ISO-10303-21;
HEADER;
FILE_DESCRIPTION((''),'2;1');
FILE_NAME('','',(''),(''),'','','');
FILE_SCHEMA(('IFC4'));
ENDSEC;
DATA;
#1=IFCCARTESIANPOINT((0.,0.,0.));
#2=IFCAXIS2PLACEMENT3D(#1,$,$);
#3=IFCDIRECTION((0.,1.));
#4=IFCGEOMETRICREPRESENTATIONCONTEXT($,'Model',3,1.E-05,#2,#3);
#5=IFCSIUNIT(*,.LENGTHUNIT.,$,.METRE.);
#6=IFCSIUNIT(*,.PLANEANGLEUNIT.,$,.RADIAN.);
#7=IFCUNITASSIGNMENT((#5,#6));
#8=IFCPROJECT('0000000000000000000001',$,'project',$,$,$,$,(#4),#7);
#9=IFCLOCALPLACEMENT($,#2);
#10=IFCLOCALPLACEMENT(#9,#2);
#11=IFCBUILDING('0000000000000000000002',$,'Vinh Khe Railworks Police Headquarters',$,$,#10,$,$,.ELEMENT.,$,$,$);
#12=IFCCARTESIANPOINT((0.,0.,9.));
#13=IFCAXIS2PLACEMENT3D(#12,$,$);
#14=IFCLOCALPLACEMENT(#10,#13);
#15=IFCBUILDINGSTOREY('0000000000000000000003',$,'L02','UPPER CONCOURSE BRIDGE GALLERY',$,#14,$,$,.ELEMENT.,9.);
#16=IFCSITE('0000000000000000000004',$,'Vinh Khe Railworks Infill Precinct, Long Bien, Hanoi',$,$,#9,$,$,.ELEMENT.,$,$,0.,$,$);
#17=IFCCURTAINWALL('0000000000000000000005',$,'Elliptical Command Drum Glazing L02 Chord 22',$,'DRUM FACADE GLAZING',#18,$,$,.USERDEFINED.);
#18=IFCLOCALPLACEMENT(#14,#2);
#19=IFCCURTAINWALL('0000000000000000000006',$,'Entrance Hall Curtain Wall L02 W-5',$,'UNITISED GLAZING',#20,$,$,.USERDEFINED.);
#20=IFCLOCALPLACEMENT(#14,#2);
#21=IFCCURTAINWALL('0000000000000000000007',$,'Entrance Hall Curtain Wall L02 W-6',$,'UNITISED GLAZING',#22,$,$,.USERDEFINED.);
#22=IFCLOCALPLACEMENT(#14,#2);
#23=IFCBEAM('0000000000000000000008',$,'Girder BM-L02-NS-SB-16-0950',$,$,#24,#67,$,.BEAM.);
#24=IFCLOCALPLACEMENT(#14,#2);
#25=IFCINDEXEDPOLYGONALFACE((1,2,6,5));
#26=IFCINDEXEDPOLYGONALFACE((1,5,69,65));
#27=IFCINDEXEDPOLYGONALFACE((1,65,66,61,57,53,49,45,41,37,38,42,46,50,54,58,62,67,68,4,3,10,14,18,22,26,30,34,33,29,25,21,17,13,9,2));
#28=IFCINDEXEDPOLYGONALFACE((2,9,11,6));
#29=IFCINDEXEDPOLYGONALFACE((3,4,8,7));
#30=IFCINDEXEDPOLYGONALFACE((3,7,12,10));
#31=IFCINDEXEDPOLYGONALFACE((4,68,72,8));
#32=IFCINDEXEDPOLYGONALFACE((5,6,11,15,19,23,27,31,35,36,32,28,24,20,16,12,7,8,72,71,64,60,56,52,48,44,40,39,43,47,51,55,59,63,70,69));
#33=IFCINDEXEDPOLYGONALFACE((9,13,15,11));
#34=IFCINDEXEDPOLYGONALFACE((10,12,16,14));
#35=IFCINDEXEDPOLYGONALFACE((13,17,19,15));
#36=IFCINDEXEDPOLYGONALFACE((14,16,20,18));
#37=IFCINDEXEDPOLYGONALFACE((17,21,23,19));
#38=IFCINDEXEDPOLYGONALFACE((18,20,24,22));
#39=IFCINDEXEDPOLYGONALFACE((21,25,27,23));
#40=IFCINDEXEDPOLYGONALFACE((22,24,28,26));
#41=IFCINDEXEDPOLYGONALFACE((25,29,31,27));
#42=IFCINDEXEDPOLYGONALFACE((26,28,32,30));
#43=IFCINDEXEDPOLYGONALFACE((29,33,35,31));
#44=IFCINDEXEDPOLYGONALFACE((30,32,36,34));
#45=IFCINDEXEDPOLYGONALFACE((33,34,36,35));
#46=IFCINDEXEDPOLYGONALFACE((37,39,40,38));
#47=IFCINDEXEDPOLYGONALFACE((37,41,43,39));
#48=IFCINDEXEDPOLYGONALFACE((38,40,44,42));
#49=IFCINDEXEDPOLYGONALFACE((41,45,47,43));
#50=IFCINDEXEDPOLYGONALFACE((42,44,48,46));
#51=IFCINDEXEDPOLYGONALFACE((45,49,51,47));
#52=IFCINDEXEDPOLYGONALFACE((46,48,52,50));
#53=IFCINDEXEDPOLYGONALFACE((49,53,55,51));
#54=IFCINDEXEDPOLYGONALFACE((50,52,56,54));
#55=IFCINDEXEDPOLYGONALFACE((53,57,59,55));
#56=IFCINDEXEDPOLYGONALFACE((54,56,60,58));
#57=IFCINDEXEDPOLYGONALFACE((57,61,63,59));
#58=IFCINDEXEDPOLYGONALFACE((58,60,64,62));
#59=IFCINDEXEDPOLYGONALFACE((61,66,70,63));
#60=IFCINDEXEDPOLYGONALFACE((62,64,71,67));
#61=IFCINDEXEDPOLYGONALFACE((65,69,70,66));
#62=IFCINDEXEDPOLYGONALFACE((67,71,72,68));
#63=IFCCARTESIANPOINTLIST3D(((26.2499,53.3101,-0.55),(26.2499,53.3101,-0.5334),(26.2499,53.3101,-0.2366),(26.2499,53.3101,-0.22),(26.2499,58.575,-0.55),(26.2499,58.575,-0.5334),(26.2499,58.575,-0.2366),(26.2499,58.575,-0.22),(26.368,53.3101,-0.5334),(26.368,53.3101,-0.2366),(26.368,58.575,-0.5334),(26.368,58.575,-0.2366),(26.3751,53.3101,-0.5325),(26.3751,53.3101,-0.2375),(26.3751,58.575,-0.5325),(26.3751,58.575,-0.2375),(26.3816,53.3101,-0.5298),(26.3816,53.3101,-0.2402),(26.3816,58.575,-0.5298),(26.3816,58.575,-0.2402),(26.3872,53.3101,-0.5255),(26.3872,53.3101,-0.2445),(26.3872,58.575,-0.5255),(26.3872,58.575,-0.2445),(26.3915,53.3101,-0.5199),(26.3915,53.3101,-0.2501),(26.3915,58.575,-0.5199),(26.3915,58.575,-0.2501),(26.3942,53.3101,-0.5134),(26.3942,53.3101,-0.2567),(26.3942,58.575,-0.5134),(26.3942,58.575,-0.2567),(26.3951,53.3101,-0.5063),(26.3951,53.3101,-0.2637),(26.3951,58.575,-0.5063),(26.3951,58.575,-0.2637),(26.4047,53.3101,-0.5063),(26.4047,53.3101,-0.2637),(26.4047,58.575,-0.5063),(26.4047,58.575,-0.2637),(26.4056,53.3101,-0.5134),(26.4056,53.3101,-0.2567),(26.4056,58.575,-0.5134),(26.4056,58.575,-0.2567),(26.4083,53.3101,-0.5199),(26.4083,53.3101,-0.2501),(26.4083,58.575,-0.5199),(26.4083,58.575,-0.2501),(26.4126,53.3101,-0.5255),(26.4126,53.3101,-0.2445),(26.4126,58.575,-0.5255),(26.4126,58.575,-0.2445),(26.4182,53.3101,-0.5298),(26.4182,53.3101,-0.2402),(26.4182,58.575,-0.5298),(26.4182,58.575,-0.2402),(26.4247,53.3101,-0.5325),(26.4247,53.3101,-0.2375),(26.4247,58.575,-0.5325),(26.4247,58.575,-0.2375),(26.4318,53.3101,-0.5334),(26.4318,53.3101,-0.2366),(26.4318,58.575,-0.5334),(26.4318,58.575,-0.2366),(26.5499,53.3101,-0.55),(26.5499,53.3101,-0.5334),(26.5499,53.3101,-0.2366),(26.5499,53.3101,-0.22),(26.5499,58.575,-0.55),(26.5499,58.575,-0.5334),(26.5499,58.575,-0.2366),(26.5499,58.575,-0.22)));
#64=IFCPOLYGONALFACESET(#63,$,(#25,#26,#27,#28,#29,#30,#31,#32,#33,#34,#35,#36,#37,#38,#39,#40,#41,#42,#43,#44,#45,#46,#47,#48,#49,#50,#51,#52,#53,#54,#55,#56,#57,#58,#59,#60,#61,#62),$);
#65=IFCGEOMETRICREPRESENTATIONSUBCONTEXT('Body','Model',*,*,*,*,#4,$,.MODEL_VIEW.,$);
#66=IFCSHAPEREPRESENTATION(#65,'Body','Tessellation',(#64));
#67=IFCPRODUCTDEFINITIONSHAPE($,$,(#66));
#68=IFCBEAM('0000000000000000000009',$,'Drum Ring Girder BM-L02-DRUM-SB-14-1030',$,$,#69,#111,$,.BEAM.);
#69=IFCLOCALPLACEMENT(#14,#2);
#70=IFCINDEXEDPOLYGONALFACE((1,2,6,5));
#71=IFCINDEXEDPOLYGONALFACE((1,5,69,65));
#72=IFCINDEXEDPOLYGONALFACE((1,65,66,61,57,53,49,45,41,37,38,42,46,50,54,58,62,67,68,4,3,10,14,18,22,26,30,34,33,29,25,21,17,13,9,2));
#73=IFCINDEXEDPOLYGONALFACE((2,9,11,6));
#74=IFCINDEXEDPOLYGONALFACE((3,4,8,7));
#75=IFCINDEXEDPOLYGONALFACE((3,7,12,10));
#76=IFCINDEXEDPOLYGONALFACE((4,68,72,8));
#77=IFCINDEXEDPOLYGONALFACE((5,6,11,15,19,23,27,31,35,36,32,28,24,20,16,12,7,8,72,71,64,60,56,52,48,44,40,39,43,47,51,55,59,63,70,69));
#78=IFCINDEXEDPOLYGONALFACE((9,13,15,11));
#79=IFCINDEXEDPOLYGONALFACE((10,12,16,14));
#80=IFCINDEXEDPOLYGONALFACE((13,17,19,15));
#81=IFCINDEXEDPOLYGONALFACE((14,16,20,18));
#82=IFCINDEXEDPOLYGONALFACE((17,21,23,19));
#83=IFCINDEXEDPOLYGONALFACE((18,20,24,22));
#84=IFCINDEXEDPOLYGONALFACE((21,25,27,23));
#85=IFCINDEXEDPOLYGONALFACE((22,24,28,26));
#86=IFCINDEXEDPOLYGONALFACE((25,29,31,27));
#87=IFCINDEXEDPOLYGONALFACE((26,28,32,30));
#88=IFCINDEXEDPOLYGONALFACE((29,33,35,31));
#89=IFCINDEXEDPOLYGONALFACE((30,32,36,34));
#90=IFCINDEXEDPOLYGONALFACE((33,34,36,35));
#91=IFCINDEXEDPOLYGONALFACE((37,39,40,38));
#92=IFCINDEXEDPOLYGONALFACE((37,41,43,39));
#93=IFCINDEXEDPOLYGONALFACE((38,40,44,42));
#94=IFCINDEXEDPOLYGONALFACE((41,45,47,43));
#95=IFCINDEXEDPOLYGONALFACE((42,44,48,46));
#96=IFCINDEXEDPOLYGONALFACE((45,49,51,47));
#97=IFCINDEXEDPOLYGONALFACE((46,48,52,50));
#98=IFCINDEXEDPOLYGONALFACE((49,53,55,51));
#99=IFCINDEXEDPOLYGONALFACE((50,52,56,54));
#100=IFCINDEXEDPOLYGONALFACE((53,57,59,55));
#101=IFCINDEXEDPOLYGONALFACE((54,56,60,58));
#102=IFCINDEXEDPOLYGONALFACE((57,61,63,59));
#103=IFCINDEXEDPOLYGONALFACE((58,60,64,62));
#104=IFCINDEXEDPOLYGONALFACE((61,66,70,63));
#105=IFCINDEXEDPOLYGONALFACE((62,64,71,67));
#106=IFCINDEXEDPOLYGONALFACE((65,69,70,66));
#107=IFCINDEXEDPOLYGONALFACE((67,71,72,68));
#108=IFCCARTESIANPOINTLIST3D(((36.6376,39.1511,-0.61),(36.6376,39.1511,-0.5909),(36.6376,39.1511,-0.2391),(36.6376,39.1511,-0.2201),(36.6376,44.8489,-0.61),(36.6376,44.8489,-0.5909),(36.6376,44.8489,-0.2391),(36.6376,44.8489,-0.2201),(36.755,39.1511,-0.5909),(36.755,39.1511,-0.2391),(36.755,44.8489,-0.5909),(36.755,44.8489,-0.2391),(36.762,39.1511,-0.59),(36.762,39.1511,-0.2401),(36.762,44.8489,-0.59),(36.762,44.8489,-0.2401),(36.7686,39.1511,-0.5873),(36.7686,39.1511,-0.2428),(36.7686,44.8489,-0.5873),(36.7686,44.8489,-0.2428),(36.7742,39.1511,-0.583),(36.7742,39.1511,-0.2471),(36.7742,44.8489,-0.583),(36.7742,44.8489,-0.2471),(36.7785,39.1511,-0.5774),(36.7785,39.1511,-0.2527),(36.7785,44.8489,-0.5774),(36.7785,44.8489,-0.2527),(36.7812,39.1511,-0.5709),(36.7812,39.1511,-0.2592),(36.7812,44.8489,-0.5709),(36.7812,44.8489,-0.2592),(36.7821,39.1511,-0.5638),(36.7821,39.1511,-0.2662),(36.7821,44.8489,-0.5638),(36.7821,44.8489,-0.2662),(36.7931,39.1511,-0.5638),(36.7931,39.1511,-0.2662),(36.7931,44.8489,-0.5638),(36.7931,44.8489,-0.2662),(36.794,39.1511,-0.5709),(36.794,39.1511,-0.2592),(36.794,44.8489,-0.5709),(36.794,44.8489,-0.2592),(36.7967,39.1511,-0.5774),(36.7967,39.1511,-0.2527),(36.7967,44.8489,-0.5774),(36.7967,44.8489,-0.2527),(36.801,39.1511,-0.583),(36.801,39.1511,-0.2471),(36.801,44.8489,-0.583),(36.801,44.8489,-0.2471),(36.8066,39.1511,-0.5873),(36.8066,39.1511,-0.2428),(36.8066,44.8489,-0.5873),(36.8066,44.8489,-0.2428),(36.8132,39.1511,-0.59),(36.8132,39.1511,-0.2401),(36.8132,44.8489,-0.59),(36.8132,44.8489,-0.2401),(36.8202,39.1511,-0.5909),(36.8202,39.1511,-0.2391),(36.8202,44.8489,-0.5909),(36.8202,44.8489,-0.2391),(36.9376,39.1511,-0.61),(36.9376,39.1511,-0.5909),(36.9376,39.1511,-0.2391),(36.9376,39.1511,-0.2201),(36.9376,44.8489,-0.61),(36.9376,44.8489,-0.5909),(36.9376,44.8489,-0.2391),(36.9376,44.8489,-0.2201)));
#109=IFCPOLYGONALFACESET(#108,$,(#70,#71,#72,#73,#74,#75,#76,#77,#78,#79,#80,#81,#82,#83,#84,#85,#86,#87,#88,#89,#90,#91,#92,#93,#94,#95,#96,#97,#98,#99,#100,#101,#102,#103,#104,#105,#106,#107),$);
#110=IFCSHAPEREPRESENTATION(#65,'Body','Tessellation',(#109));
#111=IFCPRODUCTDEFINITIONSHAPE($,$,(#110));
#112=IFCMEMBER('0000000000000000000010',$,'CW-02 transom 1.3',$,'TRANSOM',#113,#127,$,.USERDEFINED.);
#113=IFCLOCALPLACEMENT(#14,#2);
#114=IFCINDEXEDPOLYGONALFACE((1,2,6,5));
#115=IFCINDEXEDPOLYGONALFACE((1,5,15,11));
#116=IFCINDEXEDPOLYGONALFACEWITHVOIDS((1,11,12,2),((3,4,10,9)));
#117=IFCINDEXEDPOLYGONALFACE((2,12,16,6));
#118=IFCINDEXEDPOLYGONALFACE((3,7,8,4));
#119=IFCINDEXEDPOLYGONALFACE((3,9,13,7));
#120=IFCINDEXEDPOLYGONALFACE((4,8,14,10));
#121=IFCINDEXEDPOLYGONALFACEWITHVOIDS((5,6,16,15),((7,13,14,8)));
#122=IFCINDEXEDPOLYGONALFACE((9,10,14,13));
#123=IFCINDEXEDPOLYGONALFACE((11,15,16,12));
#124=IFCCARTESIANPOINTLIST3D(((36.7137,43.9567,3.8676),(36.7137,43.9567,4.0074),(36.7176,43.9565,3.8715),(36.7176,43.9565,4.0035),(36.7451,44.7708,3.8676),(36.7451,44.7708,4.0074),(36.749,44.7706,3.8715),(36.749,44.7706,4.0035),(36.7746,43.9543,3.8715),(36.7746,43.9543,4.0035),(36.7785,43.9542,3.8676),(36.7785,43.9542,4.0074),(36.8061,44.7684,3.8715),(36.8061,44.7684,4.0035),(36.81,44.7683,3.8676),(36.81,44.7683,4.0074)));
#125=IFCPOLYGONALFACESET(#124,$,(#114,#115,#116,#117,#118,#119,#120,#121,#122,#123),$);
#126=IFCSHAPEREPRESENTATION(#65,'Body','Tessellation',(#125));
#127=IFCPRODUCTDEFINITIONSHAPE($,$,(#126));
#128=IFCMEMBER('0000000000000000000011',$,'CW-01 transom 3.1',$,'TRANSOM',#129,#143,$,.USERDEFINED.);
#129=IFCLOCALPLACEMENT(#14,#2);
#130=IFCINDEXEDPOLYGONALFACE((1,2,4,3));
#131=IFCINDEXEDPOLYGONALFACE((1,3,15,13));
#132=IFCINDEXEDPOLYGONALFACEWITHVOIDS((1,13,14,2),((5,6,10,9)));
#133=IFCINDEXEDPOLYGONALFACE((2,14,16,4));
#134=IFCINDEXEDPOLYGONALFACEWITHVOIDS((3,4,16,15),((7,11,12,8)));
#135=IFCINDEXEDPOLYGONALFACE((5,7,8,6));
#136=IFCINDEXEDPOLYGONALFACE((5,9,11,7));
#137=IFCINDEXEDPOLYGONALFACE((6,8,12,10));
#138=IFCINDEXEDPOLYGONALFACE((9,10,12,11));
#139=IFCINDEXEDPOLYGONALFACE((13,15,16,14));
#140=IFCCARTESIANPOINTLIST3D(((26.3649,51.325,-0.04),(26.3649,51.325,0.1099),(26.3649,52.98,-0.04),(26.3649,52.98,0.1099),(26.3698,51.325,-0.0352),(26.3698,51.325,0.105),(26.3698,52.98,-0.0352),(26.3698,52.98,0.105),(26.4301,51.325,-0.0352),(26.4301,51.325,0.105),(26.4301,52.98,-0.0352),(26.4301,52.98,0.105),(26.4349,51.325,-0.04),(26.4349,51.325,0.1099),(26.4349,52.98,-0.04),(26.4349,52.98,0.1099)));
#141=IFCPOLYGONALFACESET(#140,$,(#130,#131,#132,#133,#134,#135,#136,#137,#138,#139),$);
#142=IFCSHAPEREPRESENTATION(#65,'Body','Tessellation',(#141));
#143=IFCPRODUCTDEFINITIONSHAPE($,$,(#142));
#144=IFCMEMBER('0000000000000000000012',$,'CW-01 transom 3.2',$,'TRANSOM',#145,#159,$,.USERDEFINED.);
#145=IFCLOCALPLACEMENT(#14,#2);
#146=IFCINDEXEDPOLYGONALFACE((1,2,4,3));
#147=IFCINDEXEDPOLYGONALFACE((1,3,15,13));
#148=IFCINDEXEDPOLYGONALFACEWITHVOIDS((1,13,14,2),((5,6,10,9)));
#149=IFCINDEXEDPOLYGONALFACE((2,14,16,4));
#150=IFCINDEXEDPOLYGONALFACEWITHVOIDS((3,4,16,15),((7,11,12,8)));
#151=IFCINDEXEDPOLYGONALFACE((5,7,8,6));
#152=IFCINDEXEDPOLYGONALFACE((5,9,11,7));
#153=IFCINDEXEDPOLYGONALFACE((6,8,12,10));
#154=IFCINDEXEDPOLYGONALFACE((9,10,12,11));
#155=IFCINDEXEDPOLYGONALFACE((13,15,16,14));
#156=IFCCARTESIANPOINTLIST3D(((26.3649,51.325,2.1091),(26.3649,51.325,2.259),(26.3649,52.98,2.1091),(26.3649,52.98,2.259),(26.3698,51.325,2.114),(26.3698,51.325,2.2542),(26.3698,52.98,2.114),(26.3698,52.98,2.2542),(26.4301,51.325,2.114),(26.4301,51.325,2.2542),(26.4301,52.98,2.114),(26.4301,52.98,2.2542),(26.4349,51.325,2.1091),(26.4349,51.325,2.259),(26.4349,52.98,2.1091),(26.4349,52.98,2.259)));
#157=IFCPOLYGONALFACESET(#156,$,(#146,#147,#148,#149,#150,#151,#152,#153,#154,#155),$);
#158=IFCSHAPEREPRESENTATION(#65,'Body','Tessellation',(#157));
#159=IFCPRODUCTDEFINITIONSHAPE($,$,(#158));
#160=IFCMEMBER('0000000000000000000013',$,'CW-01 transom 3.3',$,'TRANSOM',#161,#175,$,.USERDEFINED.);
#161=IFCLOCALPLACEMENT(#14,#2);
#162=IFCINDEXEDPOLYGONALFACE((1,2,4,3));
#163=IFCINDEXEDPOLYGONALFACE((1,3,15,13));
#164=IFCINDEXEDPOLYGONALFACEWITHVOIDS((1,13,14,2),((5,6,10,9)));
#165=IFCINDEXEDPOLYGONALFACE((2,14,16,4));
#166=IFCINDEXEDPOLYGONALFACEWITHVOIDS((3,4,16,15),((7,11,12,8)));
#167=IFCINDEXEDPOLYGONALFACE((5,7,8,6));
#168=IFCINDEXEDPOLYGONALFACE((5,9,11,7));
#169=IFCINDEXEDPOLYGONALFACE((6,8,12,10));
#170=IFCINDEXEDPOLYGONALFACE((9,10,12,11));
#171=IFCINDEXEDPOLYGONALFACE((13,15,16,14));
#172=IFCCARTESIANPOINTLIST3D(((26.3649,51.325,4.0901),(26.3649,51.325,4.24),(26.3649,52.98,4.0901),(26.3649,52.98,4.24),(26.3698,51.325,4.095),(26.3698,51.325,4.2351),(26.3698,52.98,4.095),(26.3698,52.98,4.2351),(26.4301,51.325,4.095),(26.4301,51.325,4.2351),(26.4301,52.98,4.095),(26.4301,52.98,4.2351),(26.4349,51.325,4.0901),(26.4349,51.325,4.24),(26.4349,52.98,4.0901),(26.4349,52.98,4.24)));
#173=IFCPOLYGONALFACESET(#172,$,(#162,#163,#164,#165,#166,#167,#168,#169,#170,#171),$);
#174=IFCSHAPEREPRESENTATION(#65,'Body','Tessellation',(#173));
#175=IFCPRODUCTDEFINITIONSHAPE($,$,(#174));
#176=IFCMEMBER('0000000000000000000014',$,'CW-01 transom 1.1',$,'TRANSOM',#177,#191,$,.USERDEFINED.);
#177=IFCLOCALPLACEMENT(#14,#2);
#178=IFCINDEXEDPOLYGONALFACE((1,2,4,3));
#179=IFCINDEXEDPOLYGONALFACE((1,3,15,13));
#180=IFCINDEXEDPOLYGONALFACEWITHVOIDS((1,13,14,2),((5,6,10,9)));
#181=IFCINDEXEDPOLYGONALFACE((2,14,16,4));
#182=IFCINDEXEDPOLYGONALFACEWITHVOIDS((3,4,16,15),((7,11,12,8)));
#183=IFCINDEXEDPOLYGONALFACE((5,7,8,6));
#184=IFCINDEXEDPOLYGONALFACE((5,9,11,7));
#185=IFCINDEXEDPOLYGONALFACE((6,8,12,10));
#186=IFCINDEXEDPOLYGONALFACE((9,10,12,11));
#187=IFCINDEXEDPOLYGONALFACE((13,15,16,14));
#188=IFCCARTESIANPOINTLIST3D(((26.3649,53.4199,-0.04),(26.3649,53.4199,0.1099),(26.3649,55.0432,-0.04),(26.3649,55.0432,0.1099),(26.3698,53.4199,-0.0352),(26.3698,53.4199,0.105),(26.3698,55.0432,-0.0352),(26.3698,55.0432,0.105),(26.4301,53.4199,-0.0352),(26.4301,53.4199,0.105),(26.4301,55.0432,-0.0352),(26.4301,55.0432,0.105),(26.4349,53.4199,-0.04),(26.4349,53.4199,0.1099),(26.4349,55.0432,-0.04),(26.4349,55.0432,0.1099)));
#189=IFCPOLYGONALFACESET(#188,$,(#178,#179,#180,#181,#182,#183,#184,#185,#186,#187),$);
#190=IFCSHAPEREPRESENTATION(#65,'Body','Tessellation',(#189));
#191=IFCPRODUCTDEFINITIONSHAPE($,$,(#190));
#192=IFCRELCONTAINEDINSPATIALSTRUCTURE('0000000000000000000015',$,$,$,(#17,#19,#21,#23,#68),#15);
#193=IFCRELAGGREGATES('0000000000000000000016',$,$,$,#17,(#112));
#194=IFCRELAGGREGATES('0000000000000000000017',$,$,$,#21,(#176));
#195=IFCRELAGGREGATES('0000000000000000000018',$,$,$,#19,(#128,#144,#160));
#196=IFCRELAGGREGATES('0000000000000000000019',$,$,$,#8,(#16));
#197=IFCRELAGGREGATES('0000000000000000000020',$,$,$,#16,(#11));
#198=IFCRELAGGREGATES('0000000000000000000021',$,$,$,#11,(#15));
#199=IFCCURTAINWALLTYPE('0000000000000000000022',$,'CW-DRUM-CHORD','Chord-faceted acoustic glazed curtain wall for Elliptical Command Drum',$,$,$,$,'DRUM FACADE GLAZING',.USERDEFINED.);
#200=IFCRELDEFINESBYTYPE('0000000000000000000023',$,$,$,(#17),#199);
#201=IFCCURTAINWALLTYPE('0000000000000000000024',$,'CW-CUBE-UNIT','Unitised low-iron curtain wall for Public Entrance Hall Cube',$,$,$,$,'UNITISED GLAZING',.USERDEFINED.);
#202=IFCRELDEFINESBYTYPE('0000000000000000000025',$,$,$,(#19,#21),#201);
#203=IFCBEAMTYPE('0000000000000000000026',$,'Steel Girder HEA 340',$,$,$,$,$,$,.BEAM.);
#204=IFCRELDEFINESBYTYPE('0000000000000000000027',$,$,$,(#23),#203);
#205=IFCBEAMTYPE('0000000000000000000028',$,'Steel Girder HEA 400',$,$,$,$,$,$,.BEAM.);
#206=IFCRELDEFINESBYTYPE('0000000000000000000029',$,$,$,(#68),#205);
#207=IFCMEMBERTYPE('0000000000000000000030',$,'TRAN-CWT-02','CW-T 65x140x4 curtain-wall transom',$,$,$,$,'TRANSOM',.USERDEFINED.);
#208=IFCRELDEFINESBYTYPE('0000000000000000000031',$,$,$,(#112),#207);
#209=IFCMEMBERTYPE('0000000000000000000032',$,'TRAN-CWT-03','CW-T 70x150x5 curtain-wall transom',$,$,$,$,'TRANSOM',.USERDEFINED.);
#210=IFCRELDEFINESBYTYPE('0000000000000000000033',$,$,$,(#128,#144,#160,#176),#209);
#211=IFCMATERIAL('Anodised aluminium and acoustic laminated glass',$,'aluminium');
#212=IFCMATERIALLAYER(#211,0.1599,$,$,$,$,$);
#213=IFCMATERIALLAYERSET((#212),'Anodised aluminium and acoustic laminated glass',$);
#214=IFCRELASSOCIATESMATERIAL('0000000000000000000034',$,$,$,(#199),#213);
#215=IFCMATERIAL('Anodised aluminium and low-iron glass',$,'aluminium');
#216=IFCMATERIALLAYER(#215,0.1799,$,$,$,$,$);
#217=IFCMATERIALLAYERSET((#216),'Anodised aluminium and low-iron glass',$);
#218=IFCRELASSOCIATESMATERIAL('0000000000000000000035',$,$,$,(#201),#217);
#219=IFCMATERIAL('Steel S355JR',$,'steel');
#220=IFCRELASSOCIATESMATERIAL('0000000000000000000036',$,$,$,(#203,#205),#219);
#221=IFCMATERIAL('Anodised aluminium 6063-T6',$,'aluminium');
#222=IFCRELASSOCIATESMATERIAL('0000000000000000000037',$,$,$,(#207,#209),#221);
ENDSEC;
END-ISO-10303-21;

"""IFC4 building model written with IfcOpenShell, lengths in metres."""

from ifc_helpers import new_model, si_unit, direction, frame, origin, origin_2d, place, context, subcontext, project, spatial, hollow_rectangle, i_section, extrude, material, layer, layer_set, material_profile, profile_set, type_object, element, aggregate, save


model = new_model("IFC4")

# Units and contexts
model_context = context("Model", 3, precision=1e-05, world=origin(), true_north=direction((0.0, 1.0)))
body_context = subcontext(model_context, "Body", "Model", "MODEL_VIEW")
ifc_project = project(units=[si_unit("LENGTHUNIT", "METRE"), si_unit("PLANEANGLEUNIT", "RADIAN")], contexts=[model_context])

# Site, building, storey
site_placement = place(None, origin())
site = spatial("IfcSite", under=ifc_project, at=site_placement, Name="Vinh Khe Railworks Infill Precinct, Long Bien, Hanoi", CompositionType="ELEMENT", RefElevation=0.0)
building_placement = place(site_placement, origin())
building = spatial("IfcBuilding", under=site, at=building_placement, Name="Vinh Khe Railworks Police Headquarters", CompositionType="ELEMENT")
storey_placement = place(building_placement, frame((0.0, 0.0, 9.0)))
storey = spatial("IfcBuildingStorey", under=building, at=storey_placement, Name="L02", Description="UPPER CONCOURSE BRIDGE GALLERY", CompositionType="ELEMENT", Elevation=9.0)

# Shared definitions
ifc_material_1 = material(Name="Steel S355JR", Category="steel")

# Curtain wall
ifc_material_2 = material(Name="Anodised aluminium and acoustic laminated glass", Category="aluminium")
ifc_layer_1 = layer(ifc_material_2, 0.1599)
ifc_layer_set_1 = layer_set([ifc_layer_1], Name="Anodised aluminium and acoustic laminated glass")
curtain_wall_type_1 = type_object("IfcCurtainWallType", Name="CW-DRUM-CHORD", Description="Chord-faceted acoustic glazed curtain wall for Elliptical Command Drum", ElementType="DRUM FACADE GLAZING", PredefinedType="USERDEFINED", material=ifc_layer_set_1)
curtain_wall_1_placement = place(storey_placement, origin())
curtain_wall_1 = element("IfcCurtainWall", 1, at=curtain_wall_1_placement, inside=storey, type_object=curtain_wall_type_1, Name="Elliptical Command Drum Glazing L02 Chord 22", ObjectType="DRUM FACADE GLAZING", PredefinedType="USERDEFINED")
ifc_material_3 = material(Name="Anodised aluminium 6063-T6", Category="aluminium")

# Curtain wall
ifc_material_4 = material(Name="Anodised aluminium and low-iron glass", Category="aluminium")
ifc_layer_2 = layer(ifc_material_4, 0.1799)
ifc_layer_set_2 = layer_set([ifc_layer_2], Name="Anodised aluminium and low-iron glass")
curtain_wall_type_2 = type_object("IfcCurtainWallType", Name="CW-CUBE-UNIT", Description="Unitised low-iron curtain wall for Public Entrance Hall Cube", ElementType="UNITISED GLAZING", PredefinedType="USERDEFINED", material=ifc_layer_set_2)
curtain_wall_2_placement = place(storey_placement, origin())
curtain_wall_2 = element("IfcCurtainWall", 2, at=curtain_wall_2_placement, inside=storey, type_object=curtain_wall_type_2, Name="Entrance Hall Curtain Wall L02 W-5", ObjectType="UNITISED GLAZING", PredefinedType="USERDEFINED")

# Curtain wall
curtain_wall_3_placement = place(storey_placement, origin())
curtain_wall_3 = element("IfcCurtainWall", 3, at=curtain_wall_3_placement, inside=storey, type_object=curtain_wall_type_2, Name="Entrance Hall Curtain Wall L02 W-6", ObjectType="UNITISED GLAZING", PredefinedType="USERDEFINED")

# Beams
ifc_material_profile_1 = material_profile(ifc_material_1, i_section(OverallWidth=0.3, OverallDepth=0.3301, WebThickness=0.0095, FlangeThickness=0.0166, FilletRadius=0.0271, at=origin_2d()), Name="HEA 340")
ifc_profile_set_1 = profile_set([ifc_material_profile_1], Name="Steel S355JR")
beam_type_1 = type_object("IfcBeamType", Name="Steel Girder HEA 340", PredefinedType="BEAM", material=ifc_profile_set_1)
beam_1_placement = place(storey_placement, frame((26.3999, 53.3101, -0.385), z_axis=(0.0, 1.0, 0.0), x_axis=(-1.0, 0.0, 0.0)))
element("IfcBeam", 4, at=beam_1_placement, inside=storey, type_object=beam_type_1, Name="Girder BM-L02-NS-SB-16-0950", PredefinedType="BEAM", context=body_context, shape_type="SweptSolid", body=[
    extrude(i_section(OverallWidth=0.3, OverallDepth=0.3301, WebThickness=0.0095, FlangeThickness=0.0166, FilletRadius=0.0271, at=origin_2d()), origin(), (0.0, 0.0, 1.0), 5.2649),
])
ifc_material_profile_2 = material_profile(ifc_material_1, i_section(OverallWidth=0.3, OverallDepth=0.3899, WebThickness=0.011, FlangeThickness=0.019, FilletRadius=0.0271, at=origin_2d()), Name="HEA 400")
ifc_profile_set_2 = profile_set([ifc_material_profile_2], Name="Steel S355JR")
beam_type_2 = type_object("IfcBeamType", Name="Steel Girder HEA 400", PredefinedType="BEAM", material=ifc_profile_set_2)
beam_2_placement = place(storey_placement, frame((36.7876, 44.8489, -0.415), z_axis=(0.0, -1.0, 0.0), x_axis=(1.0, 0.0, 0.0)))
element("IfcBeam", 5, at=beam_2_placement, inside=storey, type_object=beam_type_2, Name="Drum Ring Girder BM-L02-DRUM-SB-14-1030", PredefinedType="BEAM", context=body_context, shape_type="SweptSolid", body=[
    extrude(i_section(OverallWidth=0.3, OverallDepth=0.3899, WebThickness=0.011, FlangeThickness=0.019, FilletRadius=0.0271, at=origin_2d()), origin(), (0.0, 0.0, 1.0), 5.6978),
])

# Members
ifc_material_profile_3 = material_profile(ifc_material_3, hollow_rectangle(XDim=0.0649, YDim=0.1399, WallThickness=0.0039, at=origin_2d()), Name="CW-T 65x140x4")
ifc_profile_set_3 = profile_set([ifc_material_profile_3], Name="Anodised aluminium 6063-T6")
member_type_1 = type_object("IfcMemberType", Name="TRAN-CWT-02", Description="CW-T 65x140x4 curtain-wall transom", ElementType="TRANSOM", PredefinedType="USERDEFINED", material=ifc_profile_set_3)
member_1_placement = place(storey_placement, frame((36.7776, 44.7695, 3.9375), z_axis=(-0.038652, -0.999253, 0.0), x_axis=(0.999253, -0.038652, 0.0)))
member_1 = element("IfcMember", 6, at=member_1_placement, type_object=member_type_1, Name="CW-02 transom 1.3", ObjectType="TRANSOM", PredefinedType="USERDEFINED", context=body_context, shape_type="SweptSolid", body=[
    extrude(hollow_rectangle(XDim=0.0649, YDim=0.1399, WallThickness=0.0039, at=origin_2d()), origin(), (0.0, 0.0, 1.0), 0.8147),
])
aggregate(curtain_wall_1, [member_1])
ifc_material_profile_4 = material_profile(ifc_material_3, hollow_rectangle(XDim=0.0701, YDim=0.1499, WallThickness=0.0049, at=origin_2d()), Name="CW-T 70x150x5")
ifc_profile_set_4 = profile_set([ifc_material_profile_4], Name="Anodised aluminium 6063-T6")
member_type_2 = type_object("IfcMemberType", Name="TRAN-CWT-03", Description="CW-T 70x150x5 curtain-wall transom", ElementType="TRANSOM", PredefinedType="USERDEFINED", material=ifc_profile_set_4)
member_2_placement = place(storey_placement, frame((26.3999, 51.325, 0.0349), z_axis=(0.0, 1.0, 0.0), x_axis=(-1.0, 0.0, 0.0)))
member_2 = element("IfcMember", 7, at=member_2_placement, type_object=member_type_2, Name="CW-01 transom 3.1", ObjectType="TRANSOM", PredefinedType="USERDEFINED", context=body_context, shape_type="SweptSolid", body=[
    extrude(hollow_rectangle(XDim=0.0701, YDim=0.1499, WallThickness=0.0049, at=origin_2d()), origin(), (0.0, 0.0, 1.0), 1.655),
])
member_3_placement = place(storey_placement, frame((26.3999, 51.325, 2.1841), z_axis=(0.0, 1.0, 0.0), x_axis=(-1.0, 0.0, 0.0)))
member_3 = element("IfcMember", 8, at=member_3_placement, type_object=member_type_2, Name="CW-01 transom 3.2", ObjectType="TRANSOM", PredefinedType="USERDEFINED", context=body_context, shape_type="SweptSolid", body=[
    extrude(hollow_rectangle(XDim=0.0701, YDim=0.1499, WallThickness=0.0049, at=origin_2d()), origin(), (0.0, 0.0, 1.0), 1.655),
])
member_4_placement = place(storey_placement, frame((26.3999, 51.325, 4.165), z_axis=(0.0, 1.0, 0.0), x_axis=(-1.0, 0.0, 0.0)))
member_4 = element("IfcMember", 9, at=member_4_placement, type_object=member_type_2, Name="CW-01 transom 3.3", ObjectType="TRANSOM", PredefinedType="USERDEFINED", context=body_context, shape_type="SweptSolid", body=[
    extrude(hollow_rectangle(XDim=0.0701, YDim=0.1499, WallThickness=0.0049, at=origin_2d()), origin(), (0.0, 0.0, 1.0), 1.655),
])
member_5_placement = place(storey_placement, frame((26.3999, 53.4199, 0.0349), z_axis=(0.0, 1.0, 0.0), x_axis=(-1.0, 0.0, 0.0)))
member_5 = element("IfcMember", 10, at=member_5_placement, type_object=member_type_2, Name="CW-01 transom 1.1", ObjectType="TRANSOM", PredefinedType="USERDEFINED", context=body_context, shape_type="SweptSolid", body=[
    extrude(hollow_rectangle(XDim=0.0701, YDim=0.1499, WallThickness=0.0049, at=origin_2d()), origin(), (0.0, 0.0, 1.0), 1.6233),
])
aggregate(curtain_wall_3, [member_5])

aggregate(curtain_wall_2, [member_2, member_3, member_4])

save(model, "model.ifc")
